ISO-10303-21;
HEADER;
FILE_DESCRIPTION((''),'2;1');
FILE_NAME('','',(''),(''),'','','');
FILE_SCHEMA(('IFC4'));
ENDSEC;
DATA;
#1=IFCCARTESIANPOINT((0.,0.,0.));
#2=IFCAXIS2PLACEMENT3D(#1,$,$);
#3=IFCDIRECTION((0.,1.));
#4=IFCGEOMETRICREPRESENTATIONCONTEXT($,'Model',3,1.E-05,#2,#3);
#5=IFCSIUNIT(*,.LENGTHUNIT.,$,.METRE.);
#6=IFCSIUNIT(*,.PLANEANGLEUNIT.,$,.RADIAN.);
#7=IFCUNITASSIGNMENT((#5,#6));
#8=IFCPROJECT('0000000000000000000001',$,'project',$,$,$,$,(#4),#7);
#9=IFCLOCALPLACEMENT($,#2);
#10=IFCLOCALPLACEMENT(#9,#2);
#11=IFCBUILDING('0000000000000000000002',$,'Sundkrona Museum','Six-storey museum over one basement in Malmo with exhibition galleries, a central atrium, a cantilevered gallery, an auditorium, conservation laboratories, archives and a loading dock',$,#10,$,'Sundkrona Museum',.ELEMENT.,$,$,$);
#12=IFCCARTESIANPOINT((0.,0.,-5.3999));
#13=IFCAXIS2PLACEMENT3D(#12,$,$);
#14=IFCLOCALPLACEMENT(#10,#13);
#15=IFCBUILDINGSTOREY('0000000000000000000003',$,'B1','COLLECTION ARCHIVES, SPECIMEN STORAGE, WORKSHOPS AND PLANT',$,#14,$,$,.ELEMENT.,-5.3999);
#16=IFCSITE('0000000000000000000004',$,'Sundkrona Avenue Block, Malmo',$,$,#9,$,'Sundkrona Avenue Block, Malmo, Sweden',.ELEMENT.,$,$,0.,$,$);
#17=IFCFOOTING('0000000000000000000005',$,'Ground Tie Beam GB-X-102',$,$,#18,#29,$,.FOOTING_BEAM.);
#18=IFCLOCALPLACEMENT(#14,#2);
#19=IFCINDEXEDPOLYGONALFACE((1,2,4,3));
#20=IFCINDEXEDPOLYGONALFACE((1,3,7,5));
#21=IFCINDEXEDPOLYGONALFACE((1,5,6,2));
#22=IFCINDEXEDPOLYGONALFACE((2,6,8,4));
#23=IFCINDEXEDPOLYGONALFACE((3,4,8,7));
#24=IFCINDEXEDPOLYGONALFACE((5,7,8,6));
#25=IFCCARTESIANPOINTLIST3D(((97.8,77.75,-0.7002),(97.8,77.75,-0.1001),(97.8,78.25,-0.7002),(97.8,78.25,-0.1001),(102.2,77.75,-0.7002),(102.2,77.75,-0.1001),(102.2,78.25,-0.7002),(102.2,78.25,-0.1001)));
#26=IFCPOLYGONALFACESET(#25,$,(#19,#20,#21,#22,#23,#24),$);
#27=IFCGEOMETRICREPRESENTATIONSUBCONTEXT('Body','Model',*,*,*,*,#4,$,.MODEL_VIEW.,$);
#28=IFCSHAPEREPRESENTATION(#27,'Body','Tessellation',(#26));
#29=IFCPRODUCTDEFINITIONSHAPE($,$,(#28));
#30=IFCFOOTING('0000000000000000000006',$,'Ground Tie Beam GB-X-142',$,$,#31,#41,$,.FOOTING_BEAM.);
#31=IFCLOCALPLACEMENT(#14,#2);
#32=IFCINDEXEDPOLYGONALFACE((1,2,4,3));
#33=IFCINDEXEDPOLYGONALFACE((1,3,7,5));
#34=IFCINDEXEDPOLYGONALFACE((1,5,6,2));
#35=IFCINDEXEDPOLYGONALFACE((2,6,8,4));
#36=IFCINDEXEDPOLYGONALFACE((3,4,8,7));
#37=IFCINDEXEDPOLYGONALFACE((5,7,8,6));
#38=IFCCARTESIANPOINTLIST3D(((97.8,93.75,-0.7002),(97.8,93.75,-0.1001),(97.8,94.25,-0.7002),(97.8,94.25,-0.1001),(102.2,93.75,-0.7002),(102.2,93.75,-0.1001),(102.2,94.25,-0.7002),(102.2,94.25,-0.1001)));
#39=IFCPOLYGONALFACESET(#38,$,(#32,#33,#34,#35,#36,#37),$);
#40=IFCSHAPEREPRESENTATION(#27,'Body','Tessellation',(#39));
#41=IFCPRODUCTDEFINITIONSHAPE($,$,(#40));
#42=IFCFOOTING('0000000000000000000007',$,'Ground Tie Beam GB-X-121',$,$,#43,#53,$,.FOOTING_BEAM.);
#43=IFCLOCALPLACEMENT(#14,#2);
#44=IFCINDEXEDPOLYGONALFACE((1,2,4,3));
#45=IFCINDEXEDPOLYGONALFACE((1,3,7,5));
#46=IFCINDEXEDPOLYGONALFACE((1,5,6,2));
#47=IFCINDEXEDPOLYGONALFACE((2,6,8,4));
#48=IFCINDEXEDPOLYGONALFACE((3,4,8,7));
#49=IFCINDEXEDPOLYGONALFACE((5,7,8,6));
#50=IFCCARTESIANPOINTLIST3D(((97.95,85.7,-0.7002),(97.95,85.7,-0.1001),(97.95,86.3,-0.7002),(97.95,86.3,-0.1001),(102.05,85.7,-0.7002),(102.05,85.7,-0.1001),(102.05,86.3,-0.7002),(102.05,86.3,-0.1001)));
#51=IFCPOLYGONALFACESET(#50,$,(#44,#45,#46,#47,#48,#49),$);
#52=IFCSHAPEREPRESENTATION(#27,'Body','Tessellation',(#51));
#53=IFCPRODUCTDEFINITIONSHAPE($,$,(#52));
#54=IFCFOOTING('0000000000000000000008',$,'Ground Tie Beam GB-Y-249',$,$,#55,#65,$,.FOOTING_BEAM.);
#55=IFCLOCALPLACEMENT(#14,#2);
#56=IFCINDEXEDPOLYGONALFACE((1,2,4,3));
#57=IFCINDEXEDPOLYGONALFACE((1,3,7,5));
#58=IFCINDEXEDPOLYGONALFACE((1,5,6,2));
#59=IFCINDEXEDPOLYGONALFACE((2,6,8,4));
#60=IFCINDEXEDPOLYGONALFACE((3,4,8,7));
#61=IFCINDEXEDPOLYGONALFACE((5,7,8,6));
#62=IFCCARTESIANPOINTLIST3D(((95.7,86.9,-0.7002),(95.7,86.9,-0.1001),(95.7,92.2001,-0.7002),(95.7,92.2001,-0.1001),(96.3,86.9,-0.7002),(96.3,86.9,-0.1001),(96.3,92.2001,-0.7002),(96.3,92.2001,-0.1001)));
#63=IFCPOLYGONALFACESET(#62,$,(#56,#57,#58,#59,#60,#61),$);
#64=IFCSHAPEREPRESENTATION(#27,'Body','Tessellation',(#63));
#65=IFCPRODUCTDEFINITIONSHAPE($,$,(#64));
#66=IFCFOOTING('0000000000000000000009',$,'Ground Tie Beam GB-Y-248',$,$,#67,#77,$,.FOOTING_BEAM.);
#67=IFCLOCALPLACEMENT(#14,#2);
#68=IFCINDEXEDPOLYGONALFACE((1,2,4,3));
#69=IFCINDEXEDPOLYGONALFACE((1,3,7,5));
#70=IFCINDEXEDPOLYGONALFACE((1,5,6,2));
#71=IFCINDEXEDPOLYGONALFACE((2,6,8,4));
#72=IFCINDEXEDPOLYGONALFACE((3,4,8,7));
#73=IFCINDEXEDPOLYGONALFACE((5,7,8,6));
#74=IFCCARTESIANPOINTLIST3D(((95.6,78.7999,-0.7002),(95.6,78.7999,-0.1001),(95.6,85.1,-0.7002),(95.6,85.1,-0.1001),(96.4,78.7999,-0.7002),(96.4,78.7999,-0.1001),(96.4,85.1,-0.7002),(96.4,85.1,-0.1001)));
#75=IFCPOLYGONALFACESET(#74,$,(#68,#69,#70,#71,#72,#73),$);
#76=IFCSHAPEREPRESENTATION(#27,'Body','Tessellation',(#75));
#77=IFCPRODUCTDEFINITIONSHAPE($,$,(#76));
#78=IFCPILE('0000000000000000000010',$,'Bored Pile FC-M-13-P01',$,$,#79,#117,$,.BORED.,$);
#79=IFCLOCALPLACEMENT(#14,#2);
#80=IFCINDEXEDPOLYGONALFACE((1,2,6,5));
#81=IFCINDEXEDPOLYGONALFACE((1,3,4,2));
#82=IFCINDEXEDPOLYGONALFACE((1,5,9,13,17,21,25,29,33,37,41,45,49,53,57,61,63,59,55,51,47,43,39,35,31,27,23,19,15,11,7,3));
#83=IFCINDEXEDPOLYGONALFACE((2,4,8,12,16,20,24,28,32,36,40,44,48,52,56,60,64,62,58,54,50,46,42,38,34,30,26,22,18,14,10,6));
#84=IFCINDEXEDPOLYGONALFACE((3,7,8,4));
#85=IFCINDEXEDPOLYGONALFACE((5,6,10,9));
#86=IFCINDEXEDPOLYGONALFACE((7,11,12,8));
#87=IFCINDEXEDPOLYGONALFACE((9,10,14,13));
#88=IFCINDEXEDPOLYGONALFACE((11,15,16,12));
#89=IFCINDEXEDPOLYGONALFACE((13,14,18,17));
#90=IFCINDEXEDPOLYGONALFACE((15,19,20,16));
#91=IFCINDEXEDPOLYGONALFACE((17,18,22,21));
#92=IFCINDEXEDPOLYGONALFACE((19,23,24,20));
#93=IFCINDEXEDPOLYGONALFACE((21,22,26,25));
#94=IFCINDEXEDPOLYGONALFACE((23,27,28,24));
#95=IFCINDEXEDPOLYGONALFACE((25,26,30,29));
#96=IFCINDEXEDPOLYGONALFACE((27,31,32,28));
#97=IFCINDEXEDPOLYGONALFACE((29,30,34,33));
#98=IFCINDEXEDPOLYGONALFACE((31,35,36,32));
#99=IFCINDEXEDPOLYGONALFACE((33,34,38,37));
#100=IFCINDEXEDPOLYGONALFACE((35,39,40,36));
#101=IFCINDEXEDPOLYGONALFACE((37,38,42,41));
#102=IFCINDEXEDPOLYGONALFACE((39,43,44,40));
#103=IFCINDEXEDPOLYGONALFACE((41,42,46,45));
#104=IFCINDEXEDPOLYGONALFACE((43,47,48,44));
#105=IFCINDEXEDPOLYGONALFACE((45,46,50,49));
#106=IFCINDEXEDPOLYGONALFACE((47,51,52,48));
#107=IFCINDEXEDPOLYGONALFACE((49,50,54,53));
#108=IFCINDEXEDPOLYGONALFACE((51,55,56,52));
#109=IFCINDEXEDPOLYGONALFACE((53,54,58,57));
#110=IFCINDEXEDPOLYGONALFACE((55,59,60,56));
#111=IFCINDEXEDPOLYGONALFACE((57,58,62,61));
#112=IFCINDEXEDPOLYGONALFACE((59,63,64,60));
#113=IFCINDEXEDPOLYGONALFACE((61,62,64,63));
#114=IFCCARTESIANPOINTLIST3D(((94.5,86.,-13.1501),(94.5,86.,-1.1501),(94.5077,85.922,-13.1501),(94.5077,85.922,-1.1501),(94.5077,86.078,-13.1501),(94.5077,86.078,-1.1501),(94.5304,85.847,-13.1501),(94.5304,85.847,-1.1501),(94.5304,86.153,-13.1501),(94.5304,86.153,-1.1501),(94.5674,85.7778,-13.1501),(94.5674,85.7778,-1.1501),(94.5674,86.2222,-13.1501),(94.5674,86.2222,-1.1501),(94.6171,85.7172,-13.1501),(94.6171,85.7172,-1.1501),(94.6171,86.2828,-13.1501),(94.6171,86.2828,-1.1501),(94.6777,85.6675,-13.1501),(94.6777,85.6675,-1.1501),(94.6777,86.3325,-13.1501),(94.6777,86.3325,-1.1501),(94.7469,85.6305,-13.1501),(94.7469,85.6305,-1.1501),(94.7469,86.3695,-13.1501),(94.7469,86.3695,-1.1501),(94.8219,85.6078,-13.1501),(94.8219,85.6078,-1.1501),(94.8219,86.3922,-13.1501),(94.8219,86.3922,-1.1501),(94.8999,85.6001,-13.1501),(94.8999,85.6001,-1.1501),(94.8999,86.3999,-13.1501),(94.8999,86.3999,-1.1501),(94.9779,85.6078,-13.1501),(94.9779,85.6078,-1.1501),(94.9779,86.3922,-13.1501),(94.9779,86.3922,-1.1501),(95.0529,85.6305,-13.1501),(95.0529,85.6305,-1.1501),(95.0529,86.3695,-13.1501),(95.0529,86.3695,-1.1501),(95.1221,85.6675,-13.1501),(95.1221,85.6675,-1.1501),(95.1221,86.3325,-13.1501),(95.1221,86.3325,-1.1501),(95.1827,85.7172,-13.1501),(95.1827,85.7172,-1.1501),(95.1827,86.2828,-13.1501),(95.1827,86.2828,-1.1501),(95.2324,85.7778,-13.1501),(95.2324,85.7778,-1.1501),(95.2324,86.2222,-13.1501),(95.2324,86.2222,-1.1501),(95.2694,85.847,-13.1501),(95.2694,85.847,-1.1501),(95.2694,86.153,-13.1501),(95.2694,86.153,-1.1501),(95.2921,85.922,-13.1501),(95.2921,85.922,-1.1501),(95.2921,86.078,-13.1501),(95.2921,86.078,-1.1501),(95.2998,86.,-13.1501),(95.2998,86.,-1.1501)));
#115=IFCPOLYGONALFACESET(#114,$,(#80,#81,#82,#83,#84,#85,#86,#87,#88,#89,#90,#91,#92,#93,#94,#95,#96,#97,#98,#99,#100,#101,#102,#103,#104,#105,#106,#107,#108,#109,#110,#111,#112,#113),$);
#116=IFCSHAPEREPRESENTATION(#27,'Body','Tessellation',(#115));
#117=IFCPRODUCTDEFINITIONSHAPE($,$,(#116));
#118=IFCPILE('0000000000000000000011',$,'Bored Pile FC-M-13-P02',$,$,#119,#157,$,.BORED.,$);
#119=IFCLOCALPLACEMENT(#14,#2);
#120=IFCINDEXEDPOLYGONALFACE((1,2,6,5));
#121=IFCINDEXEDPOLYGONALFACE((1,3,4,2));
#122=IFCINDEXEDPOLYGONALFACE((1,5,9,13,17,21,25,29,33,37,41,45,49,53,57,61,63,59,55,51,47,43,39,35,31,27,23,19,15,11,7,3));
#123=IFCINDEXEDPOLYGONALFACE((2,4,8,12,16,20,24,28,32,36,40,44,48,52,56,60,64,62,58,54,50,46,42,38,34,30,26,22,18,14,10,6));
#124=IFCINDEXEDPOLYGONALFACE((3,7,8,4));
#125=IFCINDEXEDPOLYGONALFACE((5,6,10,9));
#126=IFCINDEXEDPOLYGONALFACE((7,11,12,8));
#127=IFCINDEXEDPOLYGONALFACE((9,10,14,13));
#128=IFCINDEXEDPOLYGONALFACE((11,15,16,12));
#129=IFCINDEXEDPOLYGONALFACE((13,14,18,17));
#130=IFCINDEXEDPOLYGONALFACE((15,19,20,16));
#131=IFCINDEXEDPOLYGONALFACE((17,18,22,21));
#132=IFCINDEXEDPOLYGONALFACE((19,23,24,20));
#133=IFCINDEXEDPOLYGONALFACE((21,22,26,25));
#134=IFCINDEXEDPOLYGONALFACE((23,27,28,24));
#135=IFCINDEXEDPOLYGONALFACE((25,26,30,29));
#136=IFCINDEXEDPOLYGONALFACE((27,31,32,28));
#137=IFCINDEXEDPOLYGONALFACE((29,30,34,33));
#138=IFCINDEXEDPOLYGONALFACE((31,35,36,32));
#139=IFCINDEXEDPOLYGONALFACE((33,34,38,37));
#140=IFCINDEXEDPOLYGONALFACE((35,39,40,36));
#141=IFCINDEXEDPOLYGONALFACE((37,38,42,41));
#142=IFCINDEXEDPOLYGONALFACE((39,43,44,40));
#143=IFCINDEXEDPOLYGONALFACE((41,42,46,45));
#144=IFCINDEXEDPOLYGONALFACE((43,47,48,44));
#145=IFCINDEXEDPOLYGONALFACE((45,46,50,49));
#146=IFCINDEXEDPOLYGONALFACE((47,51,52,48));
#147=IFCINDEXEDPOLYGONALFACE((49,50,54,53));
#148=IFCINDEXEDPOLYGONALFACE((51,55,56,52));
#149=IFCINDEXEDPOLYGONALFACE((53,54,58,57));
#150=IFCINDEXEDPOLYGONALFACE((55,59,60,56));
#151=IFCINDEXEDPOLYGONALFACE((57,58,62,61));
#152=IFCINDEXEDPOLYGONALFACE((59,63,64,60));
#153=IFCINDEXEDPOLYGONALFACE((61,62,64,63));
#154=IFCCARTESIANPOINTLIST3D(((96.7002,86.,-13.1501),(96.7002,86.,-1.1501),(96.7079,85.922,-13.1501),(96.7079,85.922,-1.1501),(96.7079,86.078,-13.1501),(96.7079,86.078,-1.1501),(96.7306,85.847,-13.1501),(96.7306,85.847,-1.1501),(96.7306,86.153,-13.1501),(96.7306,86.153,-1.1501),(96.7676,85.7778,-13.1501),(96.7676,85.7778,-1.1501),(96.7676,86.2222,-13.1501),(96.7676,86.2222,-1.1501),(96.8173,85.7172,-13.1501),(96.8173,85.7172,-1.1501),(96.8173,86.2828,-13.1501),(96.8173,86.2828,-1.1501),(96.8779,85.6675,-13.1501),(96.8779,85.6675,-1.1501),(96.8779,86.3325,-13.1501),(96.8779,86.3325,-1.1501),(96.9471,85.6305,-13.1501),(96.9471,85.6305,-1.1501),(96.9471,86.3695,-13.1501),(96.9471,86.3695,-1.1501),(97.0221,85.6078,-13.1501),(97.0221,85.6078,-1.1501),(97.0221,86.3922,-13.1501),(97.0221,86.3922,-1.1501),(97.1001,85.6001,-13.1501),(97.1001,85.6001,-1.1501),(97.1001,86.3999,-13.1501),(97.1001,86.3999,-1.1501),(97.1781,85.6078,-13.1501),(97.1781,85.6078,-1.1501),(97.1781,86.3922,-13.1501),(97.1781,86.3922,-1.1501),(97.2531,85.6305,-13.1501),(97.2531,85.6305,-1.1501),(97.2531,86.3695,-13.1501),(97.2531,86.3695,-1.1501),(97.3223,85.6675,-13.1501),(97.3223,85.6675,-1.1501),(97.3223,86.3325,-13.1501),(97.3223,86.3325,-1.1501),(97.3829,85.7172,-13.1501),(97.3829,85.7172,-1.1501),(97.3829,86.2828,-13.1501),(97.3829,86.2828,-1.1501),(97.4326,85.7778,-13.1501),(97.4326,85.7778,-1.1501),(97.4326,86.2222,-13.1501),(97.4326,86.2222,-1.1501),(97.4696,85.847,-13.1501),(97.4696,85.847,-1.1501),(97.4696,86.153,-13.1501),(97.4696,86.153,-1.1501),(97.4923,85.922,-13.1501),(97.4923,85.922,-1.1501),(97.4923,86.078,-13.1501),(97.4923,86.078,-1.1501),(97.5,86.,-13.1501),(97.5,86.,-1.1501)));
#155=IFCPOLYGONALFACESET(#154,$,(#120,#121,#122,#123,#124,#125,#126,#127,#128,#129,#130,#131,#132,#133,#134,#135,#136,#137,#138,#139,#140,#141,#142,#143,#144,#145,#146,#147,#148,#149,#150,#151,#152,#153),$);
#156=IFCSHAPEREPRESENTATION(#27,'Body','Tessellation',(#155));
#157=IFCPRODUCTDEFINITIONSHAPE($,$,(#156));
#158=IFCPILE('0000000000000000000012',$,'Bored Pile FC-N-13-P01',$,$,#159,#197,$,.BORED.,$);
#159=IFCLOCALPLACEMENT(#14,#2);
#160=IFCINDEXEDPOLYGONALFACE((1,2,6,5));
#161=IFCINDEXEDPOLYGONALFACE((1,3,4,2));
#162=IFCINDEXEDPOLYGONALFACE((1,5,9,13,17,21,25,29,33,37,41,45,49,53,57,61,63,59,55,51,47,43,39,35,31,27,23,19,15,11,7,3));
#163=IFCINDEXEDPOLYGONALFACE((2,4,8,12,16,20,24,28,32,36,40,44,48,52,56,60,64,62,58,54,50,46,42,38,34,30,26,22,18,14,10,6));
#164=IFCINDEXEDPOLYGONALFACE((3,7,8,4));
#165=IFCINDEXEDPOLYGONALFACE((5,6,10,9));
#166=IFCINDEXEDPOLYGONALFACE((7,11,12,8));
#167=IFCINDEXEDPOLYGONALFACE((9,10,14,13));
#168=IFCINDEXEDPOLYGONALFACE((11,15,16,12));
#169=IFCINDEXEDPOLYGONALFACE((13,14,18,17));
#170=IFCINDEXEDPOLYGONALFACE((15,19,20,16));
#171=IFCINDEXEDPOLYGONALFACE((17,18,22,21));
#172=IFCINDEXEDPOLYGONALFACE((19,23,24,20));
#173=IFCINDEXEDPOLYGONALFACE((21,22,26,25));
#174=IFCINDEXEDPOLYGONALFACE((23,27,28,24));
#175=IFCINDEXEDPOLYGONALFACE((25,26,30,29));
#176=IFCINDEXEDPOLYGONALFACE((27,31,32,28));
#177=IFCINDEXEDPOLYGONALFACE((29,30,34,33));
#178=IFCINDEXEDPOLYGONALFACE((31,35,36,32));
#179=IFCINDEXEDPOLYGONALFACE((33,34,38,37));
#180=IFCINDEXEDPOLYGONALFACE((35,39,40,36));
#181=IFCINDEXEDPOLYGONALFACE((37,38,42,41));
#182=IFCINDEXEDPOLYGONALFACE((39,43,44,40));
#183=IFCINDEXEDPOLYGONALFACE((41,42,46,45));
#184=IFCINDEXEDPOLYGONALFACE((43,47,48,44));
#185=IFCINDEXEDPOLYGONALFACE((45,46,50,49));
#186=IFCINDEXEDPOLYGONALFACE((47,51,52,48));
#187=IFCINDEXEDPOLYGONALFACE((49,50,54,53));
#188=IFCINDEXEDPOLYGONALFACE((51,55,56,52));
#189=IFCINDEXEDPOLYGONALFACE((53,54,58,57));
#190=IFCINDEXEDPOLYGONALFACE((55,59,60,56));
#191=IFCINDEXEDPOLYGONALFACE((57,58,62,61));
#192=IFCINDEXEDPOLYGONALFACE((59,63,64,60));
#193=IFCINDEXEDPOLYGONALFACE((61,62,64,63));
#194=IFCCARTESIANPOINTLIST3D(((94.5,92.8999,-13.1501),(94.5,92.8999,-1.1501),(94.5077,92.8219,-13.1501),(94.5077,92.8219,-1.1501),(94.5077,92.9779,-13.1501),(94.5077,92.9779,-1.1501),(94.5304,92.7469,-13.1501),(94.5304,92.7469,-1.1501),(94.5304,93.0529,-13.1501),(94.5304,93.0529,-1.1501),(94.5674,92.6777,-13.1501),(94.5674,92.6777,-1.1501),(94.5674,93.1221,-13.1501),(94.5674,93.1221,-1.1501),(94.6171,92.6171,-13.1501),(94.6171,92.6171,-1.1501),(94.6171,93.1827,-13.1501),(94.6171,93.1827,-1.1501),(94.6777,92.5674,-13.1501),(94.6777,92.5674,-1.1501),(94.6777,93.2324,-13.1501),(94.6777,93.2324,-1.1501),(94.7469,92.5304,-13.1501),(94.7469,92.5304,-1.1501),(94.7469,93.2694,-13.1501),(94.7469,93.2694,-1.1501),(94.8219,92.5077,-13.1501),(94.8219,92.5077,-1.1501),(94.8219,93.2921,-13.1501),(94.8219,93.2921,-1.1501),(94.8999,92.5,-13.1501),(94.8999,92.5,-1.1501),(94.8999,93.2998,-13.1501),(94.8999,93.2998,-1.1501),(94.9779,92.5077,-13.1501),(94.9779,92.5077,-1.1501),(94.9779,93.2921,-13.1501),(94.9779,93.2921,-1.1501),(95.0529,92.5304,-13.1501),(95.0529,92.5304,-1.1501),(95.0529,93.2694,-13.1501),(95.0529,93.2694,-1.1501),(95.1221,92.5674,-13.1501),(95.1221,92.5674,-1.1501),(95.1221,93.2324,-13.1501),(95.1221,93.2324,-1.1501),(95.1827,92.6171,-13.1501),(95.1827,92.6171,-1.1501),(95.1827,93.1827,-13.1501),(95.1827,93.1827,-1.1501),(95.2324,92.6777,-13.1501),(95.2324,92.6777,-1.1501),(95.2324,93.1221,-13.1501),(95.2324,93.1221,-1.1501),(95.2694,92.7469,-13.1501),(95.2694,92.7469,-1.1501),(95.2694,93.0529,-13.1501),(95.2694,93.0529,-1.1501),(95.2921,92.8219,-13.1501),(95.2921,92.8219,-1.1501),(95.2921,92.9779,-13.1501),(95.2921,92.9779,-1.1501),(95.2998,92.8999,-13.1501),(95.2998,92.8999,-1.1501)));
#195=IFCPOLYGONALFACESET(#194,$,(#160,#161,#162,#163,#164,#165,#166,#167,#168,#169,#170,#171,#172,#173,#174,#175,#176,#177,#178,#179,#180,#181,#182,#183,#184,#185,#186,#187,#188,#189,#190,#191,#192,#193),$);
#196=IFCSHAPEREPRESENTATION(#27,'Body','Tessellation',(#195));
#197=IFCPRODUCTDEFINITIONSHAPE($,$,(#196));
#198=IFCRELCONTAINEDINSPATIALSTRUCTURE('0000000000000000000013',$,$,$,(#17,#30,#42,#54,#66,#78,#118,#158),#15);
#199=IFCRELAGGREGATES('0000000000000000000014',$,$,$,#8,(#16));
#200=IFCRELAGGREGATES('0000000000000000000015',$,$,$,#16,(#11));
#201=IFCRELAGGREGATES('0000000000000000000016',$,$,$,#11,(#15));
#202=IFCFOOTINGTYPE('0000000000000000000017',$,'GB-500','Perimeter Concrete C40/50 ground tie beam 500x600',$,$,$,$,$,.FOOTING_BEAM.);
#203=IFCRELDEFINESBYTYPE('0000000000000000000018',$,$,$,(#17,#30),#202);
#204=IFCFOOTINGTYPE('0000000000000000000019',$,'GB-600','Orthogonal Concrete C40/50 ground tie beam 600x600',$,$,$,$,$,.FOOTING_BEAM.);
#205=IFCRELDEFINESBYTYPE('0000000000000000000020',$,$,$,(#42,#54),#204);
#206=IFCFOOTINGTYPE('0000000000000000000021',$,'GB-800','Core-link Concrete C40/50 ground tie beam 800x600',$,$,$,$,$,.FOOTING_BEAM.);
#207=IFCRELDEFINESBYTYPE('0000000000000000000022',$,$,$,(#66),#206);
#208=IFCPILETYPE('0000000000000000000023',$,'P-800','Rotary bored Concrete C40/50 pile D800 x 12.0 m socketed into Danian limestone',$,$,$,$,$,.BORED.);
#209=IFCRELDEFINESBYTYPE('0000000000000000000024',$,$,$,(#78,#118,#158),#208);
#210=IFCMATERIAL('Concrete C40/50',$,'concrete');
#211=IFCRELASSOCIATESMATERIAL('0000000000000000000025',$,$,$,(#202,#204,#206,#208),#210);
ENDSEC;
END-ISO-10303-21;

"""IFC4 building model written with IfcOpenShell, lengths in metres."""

from ifc_helpers import new_model, si_unit, direction, frame, origin, origin_2d, place, context, subcontext, project, spatial, rectangle, circle, extrude, material, material_profile, profile_set, type_object, element, save


model = new_model("IFC4")

# Units and contexts
model_context = context("Model", 3, precision=1e-05, world=origin(), true_north=direction((0.0, 1.0)))
body_context = subcontext(model_context, "Body", "Model", "MODEL_VIEW")
ifc_project = project(units=[si_unit("LENGTHUNIT", "METRE"), si_unit("PLANEANGLEUNIT", "RADIAN")], contexts=[model_context])

# Site, building, storey
site_placement = place(None, origin())
site = spatial("IfcSite", under=ifc_project, at=site_placement, Name="Sundkrona Avenue Block, Malmo", LongName="Sundkrona Avenue Block, Malmo, Sweden", CompositionType="ELEMENT", RefElevation=0.0)
building_placement = place(site_placement, origin())
building = spatial("IfcBuilding", under=site, at=building_placement, Name="Sundkrona Museum", Description="Six-storey museum over one basement in Malmo with exhibition galleries, a central atrium, a cantilevered gallery, an auditorium, conservation laboratories, archives and a loading dock", LongName="Sundkrona Museum", CompositionType="ELEMENT")
storey_placement = place(building_placement, frame((0.0, 0.0, -5.3999)))
storey = spatial("IfcBuildingStorey", under=building, at=storey_placement, Name="B1", Description="COLLECTION ARCHIVES, SPECIMEN STORAGE, WORKSHOPS AND PLANT", CompositionType="ELEMENT", Elevation=-5.3999)

# Footings
ifc_material_1 = material(Name="Concrete C40/50", Category="concrete")
footing_type_1 = type_object("IfcFootingType", Name="GB-500", Description="Perimeter Concrete C40/50 ground tie beam 500x600", PredefinedType="FOOTING_BEAM", material=ifc_material_1)
for number, where, z_axis, x_axis, name in (
    (1, (100.0, 78.0, -0.7002), (0.0, 0.0, 1.0), (1.0, 0.0, 0.0), "Ground Tie Beam GB-X-102"),
    (2, (100.0, 94.0, -0.7002), (0.0, 0.0, 1.0), (1.0, 0.0, 0.0), "Ground Tie Beam GB-X-142"),
):
    element("IfcFooting", number, at=place(storey_placement, frame(where, z_axis=z_axis, x_axis=x_axis)), inside=storey, type_object=footing_type_1, Name=name, PredefinedType="FOOTING_BEAM", context=body_context, shape_type="SweptSolid", body=[
        extrude(rectangle(XDim=4.3999, YDim=0.5, at=origin_2d()), origin(), (0.0, 0.0, 1.0), 0.6001),
    ])
footing_type_2 = type_object("IfcFootingType", Name="GB-600", Description="Orthogonal Concrete C40/50 ground tie beam 600x600", PredefinedType="FOOTING_BEAM", material=ifc_material_1)
footing_1_placement = place(storey_placement, frame((100.0, 86.0, -0.7002), z_axis=(0.0, 0.0, 1.0), x_axis=(1.0, 0.0, 0.0)))
element("IfcFooting", 3, at=footing_1_placement, inside=storey, type_object=footing_type_2, Name="Ground Tie Beam GB-X-121", PredefinedType="FOOTING_BEAM", context=body_context, shape_type="SweptSolid", body=[
    extrude(rectangle(XDim=4.1001, YDim=0.6001, at=origin_2d()), origin(), (0.0, 0.0, 1.0), 0.6001),
])
footing_2_placement = place(storey_placement, frame((96.0, 89.55, -0.7002), z_axis=(0.0, 0.0, 1.0), x_axis=(0.0, 1.0, 0.0)))
element("IfcFooting", 4, at=footing_2_placement, inside=storey, type_object=footing_type_2, Name="Ground Tie Beam GB-Y-249", PredefinedType="FOOTING_BEAM", context=body_context, shape_type="SweptSolid", body=[
    extrude(rectangle(XDim=5.3, YDim=0.6001, at=origin_2d()), origin(), (0.0, 0.0, 1.0), 0.6001),
])
footing_type_3 = type_object("IfcFootingType", Name="GB-800", Description="Core-link Concrete C40/50 ground tie beam 800x600", PredefinedType="FOOTING_BEAM", material=ifc_material_1)
footing_3_placement = place(storey_placement, frame((96.0, 81.95, -0.7002), z_axis=(0.0, 0.0, 1.0), x_axis=(0.0, 1.0, 0.0)))
element("IfcFooting", 5, at=footing_3_placement, inside=storey, type_object=footing_type_3, Name="Ground Tie Beam GB-Y-248", PredefinedType="FOOTING_BEAM", context=body_context, shape_type="SweptSolid", body=[
    extrude(rectangle(XDim=6.3, YDim=0.8, at=origin_2d()), origin(), (0.0, 0.0, 1.0), 0.6001),
])

# Piles
ifc_material_profile_1 = material_profile(ifc_material_1, circle(Radius=0.3999, at=origin_2d()), Name="PILE D800")
ifc_profile_set_1 = profile_set([ifc_material_profile_1], Name="Concrete C40/50")
pile_type = type_object("IfcPileType", Name="P-800", Description="Rotary bored Concrete C40/50 pile D800 x 12.0 m socketed into Danian limestone", PredefinedType="BORED", material=ifc_profile_set_1)
for number, where, z_axis, x_axis, name in (
    (6, (94.8999, 86.0, -1.1501), (0.0, 0.0, -1.0), (1.0, 0.0, 0.0), "Bored Pile FC-M-13-P01"),
    (7, (97.1001, 86.0, -1.1501), (0.0, 0.0, -1.0), (1.0, 0.0, 0.0), "Bored Pile FC-M-13-P02"),
    (8, (94.8999, 92.8999, -1.1501), (0.0, 0.0, -1.0), (1.0, 0.0, 0.0), "Bored Pile FC-N-13-P01"),
):
    element("IfcPile", number, at=place(storey_placement, frame(where, z_axis=z_axis, x_axis=x_axis)), inside=storey, type_object=pile_type, Name=name, PredefinedType="BORED", context=body_context, shape_type="SweptSolid", body=[
        extrude(circle(Radius=0.3999, at=origin_2d()), origin(), (0.0, 0.0, 1.0), 12.0),
    ])

save(model, "model.ifc")
